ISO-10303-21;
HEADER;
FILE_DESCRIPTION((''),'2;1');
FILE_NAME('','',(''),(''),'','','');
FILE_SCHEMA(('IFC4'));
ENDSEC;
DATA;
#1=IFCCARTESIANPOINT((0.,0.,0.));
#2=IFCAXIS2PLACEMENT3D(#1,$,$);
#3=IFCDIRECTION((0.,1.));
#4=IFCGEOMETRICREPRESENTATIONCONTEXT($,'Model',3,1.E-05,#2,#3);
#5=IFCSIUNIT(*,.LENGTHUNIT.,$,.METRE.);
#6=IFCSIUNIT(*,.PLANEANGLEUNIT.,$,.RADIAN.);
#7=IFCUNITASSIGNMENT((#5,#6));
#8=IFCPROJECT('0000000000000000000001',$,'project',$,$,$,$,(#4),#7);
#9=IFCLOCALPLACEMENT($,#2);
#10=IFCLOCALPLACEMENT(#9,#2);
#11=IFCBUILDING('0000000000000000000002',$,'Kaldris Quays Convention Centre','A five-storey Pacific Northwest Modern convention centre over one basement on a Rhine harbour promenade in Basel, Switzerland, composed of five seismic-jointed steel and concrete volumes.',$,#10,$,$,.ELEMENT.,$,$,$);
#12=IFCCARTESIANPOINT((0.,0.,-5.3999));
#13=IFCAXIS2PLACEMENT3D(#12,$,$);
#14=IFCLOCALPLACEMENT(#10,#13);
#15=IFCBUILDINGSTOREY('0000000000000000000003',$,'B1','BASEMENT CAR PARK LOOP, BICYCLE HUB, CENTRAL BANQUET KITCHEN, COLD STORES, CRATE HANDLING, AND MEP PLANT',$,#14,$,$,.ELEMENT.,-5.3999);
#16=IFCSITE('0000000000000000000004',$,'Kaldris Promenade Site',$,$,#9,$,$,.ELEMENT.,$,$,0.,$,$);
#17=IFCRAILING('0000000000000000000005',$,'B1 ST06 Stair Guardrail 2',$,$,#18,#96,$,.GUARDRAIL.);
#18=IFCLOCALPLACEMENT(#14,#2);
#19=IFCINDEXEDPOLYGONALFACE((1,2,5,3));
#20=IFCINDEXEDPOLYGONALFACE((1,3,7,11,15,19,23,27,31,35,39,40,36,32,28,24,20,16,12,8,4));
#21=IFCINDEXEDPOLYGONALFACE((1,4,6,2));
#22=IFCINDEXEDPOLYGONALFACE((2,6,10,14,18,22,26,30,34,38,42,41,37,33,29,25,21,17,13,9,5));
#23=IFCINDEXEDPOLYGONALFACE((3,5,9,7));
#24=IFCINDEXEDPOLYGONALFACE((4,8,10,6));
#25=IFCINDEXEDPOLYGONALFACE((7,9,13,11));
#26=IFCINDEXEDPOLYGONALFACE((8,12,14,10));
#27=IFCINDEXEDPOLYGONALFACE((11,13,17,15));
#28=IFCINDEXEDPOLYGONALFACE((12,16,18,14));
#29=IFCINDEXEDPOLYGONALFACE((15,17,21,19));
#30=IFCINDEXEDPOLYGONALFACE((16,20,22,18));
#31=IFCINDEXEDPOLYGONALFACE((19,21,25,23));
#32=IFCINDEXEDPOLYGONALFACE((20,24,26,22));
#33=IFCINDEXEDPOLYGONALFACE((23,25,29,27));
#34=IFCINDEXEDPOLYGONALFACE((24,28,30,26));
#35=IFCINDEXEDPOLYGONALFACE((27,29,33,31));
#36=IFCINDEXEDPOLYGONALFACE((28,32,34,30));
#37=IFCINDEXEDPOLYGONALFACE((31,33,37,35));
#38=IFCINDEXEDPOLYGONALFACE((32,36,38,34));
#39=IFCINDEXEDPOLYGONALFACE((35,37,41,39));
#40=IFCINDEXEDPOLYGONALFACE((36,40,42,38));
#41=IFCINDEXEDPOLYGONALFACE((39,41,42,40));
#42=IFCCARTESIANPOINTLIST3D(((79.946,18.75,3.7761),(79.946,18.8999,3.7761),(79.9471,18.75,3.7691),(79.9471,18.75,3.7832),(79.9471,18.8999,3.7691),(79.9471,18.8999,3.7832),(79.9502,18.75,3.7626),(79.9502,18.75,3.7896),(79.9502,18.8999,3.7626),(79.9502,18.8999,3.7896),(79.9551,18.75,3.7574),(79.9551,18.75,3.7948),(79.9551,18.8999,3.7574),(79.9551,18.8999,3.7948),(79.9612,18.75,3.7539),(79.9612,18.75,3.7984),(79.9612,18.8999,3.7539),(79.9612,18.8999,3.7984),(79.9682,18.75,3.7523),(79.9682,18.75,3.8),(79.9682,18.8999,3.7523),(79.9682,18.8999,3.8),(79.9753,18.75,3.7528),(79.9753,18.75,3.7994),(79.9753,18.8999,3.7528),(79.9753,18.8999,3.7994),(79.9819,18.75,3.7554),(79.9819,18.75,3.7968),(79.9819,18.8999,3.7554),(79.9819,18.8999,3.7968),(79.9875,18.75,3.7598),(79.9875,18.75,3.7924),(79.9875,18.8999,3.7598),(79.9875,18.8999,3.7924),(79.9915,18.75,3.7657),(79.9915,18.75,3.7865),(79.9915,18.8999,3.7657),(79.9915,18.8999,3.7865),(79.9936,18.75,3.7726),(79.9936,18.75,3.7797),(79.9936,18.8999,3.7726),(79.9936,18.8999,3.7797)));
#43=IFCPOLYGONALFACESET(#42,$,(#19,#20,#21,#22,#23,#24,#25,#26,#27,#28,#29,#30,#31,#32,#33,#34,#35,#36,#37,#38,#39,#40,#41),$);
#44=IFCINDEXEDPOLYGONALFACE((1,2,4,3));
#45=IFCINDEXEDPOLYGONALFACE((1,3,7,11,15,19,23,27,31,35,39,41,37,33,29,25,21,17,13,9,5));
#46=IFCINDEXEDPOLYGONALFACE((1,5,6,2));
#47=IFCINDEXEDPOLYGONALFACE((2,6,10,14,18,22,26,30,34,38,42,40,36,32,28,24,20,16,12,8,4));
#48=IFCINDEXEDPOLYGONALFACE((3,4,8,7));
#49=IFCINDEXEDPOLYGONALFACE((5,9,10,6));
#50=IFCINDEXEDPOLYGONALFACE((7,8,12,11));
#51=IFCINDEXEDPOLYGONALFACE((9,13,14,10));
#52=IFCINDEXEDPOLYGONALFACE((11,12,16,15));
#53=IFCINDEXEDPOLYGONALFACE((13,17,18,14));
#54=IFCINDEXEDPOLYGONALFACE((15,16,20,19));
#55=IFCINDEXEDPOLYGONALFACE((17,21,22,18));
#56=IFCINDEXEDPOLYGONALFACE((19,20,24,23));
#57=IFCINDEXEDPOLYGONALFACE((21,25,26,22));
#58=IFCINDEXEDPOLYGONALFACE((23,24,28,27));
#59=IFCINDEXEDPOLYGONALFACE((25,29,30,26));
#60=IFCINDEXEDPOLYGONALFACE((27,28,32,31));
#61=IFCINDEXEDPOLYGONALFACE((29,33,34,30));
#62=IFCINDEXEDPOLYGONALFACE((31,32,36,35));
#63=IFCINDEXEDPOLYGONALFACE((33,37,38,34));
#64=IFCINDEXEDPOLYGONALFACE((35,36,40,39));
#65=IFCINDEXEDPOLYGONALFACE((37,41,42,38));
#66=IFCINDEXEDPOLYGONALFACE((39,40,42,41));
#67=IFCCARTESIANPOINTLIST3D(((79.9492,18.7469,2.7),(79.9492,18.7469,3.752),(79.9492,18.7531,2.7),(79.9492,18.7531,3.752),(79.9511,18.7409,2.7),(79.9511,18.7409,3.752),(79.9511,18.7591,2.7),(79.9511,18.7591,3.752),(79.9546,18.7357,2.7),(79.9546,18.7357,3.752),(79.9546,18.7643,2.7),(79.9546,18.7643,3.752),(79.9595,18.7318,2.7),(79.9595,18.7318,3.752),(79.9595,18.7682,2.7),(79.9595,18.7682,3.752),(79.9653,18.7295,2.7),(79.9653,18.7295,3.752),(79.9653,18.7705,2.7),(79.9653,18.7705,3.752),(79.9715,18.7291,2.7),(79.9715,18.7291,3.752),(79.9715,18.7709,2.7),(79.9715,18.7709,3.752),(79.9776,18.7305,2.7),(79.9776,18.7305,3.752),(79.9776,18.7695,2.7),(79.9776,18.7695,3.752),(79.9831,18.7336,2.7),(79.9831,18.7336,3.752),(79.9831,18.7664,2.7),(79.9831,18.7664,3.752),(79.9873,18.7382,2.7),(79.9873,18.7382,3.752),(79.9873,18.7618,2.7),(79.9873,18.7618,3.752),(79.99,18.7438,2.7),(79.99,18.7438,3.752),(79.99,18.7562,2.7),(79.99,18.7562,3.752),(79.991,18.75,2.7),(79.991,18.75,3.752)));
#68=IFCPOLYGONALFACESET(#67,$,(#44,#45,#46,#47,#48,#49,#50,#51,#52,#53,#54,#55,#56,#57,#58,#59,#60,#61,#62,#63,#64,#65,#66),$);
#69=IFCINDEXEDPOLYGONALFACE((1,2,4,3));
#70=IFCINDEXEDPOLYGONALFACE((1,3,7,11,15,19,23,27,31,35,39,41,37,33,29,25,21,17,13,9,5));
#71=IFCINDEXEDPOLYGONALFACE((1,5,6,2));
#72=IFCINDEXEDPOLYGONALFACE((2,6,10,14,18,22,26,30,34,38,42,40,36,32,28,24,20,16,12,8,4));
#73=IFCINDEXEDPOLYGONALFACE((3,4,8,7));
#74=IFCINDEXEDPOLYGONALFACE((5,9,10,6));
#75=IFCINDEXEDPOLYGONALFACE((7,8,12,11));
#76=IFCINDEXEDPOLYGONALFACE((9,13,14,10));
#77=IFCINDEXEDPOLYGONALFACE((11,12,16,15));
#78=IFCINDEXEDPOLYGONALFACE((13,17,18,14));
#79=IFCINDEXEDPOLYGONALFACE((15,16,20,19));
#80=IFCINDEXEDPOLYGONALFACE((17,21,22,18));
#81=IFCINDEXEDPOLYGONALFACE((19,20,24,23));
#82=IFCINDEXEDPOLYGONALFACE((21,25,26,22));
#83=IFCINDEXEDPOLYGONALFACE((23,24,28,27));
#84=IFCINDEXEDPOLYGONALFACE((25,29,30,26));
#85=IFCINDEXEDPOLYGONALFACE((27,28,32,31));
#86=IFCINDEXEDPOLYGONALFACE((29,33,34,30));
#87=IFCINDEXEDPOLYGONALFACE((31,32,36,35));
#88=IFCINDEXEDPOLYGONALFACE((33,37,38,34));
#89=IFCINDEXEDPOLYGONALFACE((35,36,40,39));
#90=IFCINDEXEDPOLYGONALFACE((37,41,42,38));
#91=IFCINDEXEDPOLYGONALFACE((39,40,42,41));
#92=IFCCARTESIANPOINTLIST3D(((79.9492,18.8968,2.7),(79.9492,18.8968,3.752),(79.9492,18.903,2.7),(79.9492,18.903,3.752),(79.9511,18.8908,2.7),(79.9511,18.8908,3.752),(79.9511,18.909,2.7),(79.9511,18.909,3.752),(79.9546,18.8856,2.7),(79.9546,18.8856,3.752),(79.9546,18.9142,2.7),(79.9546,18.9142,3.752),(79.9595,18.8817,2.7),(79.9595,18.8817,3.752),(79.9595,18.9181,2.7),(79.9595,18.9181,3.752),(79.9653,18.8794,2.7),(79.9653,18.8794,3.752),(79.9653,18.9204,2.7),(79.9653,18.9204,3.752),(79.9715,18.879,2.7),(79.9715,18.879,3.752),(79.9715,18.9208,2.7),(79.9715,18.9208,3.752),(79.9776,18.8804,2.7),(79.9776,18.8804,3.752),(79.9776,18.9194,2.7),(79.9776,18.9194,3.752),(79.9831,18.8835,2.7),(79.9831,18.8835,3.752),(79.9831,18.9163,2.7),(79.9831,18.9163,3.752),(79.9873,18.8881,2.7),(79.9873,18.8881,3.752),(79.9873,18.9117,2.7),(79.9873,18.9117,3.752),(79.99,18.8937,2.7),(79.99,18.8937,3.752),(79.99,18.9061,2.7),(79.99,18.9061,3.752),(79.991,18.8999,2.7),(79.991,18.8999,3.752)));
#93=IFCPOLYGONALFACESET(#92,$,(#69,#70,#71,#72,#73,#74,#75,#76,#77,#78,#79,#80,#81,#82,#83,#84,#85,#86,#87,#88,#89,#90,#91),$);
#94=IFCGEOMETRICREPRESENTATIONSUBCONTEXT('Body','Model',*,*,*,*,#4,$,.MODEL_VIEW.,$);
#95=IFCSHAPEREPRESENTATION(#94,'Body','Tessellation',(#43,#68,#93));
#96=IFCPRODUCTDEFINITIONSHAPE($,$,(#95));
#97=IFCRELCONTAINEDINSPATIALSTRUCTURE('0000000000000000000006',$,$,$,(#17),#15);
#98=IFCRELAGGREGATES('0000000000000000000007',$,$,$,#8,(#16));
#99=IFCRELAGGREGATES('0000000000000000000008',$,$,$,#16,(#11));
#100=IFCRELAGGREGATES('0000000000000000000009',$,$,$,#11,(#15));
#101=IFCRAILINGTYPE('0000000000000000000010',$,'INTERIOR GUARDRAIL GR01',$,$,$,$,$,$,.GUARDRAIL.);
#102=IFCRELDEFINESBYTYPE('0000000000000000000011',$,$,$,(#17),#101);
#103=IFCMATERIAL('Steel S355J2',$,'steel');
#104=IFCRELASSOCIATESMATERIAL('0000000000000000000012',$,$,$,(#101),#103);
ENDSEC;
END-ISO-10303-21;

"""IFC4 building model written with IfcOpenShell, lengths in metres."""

from ifc_helpers import new_model, si_unit, direction, frame, origin, origin_2d, place, context, subcontext, project, spatial, circle, extrude, material, type_object, element, save


model = new_model("IFC4")

# Units and contexts
model_context = context("Model", 3, precision=1e-05, world=origin(), true_north=direction((0.0, 1.0)))
body_context = subcontext(model_context, "Body", "Model", "MODEL_VIEW")
ifc_project = project(units=[si_unit("LENGTHUNIT", "METRE"), si_unit("PLANEANGLEUNIT", "RADIAN")], contexts=[model_context])

# Site, building, storey
site_placement = place(None, origin())
site = spatial("IfcSite", under=ifc_project, at=site_placement, Name="Kaldris Promenade Site", CompositionType="ELEMENT", RefElevation=0.0)
building_placement = place(site_placement, origin())
building = spatial("IfcBuilding", under=site, at=building_placement, Name="Kaldris Quays Convention Centre", Description="A five-storey Pacific Northwest Modern convention centre over one basement on a Rhine harbour promenade in Basel, Switzerland, composed of five seismic-jointed steel and concrete volumes.", CompositionType="ELEMENT")
storey_placement = place(building_placement, frame((0.0, 0.0, -5.3999)))
storey = spatial("IfcBuildingStorey", under=building, at=storey_placement, Name="B1", Description="BASEMENT CAR PARK LOOP, BICYCLE HUB, CENTRAL BANQUET KITCHEN, COLD STORES, CRATE HANDLING, AND MEP PLANT", CompositionType="ELEMENT", Elevation=-5.3999)

# Shared definitions
ifc_material_1 = material(Name="Steel S355J2", Category="steel")

# Railing
railing_type_1 = type_object("IfcRailingType", Name="INTERIOR GUARDRAIL GR01", PredefinedType="GUARDRAIL", material=ifc_material_1)
railing_1_placement = place(storey_placement, frame((79.97, 18.75, 2.7)))
element("IfcRailing", 1, at=railing_1_placement, inside=storey, type_object=railing_type_1, Name="B1 ST06 Stair Guardrail 2", PredefinedType="GUARDRAIL", context=body_context, shape_type="SweptSolid", body=[
    extrude(circle(Radius=0.0239, at=origin_2d()), frame((0.0, 0.0, 1.0762), z_axis=(0.0, 1.0, 0.0), x_axis=(-1.0, 0.0, 0.0)), (0.0, 0.0, 1.0), 0.1499),
    extrude(circle(Radius=0.021, at=origin_2d()), origin(), (0.0, 0.0, 1.0), 1.052),
    extrude(circle(Radius=0.021, at=origin_2d()), frame((0.0, 0.1499, 0.0)), (0.0, 0.0, 1.0), 1.052),
])

save(model, "model.ifc")
